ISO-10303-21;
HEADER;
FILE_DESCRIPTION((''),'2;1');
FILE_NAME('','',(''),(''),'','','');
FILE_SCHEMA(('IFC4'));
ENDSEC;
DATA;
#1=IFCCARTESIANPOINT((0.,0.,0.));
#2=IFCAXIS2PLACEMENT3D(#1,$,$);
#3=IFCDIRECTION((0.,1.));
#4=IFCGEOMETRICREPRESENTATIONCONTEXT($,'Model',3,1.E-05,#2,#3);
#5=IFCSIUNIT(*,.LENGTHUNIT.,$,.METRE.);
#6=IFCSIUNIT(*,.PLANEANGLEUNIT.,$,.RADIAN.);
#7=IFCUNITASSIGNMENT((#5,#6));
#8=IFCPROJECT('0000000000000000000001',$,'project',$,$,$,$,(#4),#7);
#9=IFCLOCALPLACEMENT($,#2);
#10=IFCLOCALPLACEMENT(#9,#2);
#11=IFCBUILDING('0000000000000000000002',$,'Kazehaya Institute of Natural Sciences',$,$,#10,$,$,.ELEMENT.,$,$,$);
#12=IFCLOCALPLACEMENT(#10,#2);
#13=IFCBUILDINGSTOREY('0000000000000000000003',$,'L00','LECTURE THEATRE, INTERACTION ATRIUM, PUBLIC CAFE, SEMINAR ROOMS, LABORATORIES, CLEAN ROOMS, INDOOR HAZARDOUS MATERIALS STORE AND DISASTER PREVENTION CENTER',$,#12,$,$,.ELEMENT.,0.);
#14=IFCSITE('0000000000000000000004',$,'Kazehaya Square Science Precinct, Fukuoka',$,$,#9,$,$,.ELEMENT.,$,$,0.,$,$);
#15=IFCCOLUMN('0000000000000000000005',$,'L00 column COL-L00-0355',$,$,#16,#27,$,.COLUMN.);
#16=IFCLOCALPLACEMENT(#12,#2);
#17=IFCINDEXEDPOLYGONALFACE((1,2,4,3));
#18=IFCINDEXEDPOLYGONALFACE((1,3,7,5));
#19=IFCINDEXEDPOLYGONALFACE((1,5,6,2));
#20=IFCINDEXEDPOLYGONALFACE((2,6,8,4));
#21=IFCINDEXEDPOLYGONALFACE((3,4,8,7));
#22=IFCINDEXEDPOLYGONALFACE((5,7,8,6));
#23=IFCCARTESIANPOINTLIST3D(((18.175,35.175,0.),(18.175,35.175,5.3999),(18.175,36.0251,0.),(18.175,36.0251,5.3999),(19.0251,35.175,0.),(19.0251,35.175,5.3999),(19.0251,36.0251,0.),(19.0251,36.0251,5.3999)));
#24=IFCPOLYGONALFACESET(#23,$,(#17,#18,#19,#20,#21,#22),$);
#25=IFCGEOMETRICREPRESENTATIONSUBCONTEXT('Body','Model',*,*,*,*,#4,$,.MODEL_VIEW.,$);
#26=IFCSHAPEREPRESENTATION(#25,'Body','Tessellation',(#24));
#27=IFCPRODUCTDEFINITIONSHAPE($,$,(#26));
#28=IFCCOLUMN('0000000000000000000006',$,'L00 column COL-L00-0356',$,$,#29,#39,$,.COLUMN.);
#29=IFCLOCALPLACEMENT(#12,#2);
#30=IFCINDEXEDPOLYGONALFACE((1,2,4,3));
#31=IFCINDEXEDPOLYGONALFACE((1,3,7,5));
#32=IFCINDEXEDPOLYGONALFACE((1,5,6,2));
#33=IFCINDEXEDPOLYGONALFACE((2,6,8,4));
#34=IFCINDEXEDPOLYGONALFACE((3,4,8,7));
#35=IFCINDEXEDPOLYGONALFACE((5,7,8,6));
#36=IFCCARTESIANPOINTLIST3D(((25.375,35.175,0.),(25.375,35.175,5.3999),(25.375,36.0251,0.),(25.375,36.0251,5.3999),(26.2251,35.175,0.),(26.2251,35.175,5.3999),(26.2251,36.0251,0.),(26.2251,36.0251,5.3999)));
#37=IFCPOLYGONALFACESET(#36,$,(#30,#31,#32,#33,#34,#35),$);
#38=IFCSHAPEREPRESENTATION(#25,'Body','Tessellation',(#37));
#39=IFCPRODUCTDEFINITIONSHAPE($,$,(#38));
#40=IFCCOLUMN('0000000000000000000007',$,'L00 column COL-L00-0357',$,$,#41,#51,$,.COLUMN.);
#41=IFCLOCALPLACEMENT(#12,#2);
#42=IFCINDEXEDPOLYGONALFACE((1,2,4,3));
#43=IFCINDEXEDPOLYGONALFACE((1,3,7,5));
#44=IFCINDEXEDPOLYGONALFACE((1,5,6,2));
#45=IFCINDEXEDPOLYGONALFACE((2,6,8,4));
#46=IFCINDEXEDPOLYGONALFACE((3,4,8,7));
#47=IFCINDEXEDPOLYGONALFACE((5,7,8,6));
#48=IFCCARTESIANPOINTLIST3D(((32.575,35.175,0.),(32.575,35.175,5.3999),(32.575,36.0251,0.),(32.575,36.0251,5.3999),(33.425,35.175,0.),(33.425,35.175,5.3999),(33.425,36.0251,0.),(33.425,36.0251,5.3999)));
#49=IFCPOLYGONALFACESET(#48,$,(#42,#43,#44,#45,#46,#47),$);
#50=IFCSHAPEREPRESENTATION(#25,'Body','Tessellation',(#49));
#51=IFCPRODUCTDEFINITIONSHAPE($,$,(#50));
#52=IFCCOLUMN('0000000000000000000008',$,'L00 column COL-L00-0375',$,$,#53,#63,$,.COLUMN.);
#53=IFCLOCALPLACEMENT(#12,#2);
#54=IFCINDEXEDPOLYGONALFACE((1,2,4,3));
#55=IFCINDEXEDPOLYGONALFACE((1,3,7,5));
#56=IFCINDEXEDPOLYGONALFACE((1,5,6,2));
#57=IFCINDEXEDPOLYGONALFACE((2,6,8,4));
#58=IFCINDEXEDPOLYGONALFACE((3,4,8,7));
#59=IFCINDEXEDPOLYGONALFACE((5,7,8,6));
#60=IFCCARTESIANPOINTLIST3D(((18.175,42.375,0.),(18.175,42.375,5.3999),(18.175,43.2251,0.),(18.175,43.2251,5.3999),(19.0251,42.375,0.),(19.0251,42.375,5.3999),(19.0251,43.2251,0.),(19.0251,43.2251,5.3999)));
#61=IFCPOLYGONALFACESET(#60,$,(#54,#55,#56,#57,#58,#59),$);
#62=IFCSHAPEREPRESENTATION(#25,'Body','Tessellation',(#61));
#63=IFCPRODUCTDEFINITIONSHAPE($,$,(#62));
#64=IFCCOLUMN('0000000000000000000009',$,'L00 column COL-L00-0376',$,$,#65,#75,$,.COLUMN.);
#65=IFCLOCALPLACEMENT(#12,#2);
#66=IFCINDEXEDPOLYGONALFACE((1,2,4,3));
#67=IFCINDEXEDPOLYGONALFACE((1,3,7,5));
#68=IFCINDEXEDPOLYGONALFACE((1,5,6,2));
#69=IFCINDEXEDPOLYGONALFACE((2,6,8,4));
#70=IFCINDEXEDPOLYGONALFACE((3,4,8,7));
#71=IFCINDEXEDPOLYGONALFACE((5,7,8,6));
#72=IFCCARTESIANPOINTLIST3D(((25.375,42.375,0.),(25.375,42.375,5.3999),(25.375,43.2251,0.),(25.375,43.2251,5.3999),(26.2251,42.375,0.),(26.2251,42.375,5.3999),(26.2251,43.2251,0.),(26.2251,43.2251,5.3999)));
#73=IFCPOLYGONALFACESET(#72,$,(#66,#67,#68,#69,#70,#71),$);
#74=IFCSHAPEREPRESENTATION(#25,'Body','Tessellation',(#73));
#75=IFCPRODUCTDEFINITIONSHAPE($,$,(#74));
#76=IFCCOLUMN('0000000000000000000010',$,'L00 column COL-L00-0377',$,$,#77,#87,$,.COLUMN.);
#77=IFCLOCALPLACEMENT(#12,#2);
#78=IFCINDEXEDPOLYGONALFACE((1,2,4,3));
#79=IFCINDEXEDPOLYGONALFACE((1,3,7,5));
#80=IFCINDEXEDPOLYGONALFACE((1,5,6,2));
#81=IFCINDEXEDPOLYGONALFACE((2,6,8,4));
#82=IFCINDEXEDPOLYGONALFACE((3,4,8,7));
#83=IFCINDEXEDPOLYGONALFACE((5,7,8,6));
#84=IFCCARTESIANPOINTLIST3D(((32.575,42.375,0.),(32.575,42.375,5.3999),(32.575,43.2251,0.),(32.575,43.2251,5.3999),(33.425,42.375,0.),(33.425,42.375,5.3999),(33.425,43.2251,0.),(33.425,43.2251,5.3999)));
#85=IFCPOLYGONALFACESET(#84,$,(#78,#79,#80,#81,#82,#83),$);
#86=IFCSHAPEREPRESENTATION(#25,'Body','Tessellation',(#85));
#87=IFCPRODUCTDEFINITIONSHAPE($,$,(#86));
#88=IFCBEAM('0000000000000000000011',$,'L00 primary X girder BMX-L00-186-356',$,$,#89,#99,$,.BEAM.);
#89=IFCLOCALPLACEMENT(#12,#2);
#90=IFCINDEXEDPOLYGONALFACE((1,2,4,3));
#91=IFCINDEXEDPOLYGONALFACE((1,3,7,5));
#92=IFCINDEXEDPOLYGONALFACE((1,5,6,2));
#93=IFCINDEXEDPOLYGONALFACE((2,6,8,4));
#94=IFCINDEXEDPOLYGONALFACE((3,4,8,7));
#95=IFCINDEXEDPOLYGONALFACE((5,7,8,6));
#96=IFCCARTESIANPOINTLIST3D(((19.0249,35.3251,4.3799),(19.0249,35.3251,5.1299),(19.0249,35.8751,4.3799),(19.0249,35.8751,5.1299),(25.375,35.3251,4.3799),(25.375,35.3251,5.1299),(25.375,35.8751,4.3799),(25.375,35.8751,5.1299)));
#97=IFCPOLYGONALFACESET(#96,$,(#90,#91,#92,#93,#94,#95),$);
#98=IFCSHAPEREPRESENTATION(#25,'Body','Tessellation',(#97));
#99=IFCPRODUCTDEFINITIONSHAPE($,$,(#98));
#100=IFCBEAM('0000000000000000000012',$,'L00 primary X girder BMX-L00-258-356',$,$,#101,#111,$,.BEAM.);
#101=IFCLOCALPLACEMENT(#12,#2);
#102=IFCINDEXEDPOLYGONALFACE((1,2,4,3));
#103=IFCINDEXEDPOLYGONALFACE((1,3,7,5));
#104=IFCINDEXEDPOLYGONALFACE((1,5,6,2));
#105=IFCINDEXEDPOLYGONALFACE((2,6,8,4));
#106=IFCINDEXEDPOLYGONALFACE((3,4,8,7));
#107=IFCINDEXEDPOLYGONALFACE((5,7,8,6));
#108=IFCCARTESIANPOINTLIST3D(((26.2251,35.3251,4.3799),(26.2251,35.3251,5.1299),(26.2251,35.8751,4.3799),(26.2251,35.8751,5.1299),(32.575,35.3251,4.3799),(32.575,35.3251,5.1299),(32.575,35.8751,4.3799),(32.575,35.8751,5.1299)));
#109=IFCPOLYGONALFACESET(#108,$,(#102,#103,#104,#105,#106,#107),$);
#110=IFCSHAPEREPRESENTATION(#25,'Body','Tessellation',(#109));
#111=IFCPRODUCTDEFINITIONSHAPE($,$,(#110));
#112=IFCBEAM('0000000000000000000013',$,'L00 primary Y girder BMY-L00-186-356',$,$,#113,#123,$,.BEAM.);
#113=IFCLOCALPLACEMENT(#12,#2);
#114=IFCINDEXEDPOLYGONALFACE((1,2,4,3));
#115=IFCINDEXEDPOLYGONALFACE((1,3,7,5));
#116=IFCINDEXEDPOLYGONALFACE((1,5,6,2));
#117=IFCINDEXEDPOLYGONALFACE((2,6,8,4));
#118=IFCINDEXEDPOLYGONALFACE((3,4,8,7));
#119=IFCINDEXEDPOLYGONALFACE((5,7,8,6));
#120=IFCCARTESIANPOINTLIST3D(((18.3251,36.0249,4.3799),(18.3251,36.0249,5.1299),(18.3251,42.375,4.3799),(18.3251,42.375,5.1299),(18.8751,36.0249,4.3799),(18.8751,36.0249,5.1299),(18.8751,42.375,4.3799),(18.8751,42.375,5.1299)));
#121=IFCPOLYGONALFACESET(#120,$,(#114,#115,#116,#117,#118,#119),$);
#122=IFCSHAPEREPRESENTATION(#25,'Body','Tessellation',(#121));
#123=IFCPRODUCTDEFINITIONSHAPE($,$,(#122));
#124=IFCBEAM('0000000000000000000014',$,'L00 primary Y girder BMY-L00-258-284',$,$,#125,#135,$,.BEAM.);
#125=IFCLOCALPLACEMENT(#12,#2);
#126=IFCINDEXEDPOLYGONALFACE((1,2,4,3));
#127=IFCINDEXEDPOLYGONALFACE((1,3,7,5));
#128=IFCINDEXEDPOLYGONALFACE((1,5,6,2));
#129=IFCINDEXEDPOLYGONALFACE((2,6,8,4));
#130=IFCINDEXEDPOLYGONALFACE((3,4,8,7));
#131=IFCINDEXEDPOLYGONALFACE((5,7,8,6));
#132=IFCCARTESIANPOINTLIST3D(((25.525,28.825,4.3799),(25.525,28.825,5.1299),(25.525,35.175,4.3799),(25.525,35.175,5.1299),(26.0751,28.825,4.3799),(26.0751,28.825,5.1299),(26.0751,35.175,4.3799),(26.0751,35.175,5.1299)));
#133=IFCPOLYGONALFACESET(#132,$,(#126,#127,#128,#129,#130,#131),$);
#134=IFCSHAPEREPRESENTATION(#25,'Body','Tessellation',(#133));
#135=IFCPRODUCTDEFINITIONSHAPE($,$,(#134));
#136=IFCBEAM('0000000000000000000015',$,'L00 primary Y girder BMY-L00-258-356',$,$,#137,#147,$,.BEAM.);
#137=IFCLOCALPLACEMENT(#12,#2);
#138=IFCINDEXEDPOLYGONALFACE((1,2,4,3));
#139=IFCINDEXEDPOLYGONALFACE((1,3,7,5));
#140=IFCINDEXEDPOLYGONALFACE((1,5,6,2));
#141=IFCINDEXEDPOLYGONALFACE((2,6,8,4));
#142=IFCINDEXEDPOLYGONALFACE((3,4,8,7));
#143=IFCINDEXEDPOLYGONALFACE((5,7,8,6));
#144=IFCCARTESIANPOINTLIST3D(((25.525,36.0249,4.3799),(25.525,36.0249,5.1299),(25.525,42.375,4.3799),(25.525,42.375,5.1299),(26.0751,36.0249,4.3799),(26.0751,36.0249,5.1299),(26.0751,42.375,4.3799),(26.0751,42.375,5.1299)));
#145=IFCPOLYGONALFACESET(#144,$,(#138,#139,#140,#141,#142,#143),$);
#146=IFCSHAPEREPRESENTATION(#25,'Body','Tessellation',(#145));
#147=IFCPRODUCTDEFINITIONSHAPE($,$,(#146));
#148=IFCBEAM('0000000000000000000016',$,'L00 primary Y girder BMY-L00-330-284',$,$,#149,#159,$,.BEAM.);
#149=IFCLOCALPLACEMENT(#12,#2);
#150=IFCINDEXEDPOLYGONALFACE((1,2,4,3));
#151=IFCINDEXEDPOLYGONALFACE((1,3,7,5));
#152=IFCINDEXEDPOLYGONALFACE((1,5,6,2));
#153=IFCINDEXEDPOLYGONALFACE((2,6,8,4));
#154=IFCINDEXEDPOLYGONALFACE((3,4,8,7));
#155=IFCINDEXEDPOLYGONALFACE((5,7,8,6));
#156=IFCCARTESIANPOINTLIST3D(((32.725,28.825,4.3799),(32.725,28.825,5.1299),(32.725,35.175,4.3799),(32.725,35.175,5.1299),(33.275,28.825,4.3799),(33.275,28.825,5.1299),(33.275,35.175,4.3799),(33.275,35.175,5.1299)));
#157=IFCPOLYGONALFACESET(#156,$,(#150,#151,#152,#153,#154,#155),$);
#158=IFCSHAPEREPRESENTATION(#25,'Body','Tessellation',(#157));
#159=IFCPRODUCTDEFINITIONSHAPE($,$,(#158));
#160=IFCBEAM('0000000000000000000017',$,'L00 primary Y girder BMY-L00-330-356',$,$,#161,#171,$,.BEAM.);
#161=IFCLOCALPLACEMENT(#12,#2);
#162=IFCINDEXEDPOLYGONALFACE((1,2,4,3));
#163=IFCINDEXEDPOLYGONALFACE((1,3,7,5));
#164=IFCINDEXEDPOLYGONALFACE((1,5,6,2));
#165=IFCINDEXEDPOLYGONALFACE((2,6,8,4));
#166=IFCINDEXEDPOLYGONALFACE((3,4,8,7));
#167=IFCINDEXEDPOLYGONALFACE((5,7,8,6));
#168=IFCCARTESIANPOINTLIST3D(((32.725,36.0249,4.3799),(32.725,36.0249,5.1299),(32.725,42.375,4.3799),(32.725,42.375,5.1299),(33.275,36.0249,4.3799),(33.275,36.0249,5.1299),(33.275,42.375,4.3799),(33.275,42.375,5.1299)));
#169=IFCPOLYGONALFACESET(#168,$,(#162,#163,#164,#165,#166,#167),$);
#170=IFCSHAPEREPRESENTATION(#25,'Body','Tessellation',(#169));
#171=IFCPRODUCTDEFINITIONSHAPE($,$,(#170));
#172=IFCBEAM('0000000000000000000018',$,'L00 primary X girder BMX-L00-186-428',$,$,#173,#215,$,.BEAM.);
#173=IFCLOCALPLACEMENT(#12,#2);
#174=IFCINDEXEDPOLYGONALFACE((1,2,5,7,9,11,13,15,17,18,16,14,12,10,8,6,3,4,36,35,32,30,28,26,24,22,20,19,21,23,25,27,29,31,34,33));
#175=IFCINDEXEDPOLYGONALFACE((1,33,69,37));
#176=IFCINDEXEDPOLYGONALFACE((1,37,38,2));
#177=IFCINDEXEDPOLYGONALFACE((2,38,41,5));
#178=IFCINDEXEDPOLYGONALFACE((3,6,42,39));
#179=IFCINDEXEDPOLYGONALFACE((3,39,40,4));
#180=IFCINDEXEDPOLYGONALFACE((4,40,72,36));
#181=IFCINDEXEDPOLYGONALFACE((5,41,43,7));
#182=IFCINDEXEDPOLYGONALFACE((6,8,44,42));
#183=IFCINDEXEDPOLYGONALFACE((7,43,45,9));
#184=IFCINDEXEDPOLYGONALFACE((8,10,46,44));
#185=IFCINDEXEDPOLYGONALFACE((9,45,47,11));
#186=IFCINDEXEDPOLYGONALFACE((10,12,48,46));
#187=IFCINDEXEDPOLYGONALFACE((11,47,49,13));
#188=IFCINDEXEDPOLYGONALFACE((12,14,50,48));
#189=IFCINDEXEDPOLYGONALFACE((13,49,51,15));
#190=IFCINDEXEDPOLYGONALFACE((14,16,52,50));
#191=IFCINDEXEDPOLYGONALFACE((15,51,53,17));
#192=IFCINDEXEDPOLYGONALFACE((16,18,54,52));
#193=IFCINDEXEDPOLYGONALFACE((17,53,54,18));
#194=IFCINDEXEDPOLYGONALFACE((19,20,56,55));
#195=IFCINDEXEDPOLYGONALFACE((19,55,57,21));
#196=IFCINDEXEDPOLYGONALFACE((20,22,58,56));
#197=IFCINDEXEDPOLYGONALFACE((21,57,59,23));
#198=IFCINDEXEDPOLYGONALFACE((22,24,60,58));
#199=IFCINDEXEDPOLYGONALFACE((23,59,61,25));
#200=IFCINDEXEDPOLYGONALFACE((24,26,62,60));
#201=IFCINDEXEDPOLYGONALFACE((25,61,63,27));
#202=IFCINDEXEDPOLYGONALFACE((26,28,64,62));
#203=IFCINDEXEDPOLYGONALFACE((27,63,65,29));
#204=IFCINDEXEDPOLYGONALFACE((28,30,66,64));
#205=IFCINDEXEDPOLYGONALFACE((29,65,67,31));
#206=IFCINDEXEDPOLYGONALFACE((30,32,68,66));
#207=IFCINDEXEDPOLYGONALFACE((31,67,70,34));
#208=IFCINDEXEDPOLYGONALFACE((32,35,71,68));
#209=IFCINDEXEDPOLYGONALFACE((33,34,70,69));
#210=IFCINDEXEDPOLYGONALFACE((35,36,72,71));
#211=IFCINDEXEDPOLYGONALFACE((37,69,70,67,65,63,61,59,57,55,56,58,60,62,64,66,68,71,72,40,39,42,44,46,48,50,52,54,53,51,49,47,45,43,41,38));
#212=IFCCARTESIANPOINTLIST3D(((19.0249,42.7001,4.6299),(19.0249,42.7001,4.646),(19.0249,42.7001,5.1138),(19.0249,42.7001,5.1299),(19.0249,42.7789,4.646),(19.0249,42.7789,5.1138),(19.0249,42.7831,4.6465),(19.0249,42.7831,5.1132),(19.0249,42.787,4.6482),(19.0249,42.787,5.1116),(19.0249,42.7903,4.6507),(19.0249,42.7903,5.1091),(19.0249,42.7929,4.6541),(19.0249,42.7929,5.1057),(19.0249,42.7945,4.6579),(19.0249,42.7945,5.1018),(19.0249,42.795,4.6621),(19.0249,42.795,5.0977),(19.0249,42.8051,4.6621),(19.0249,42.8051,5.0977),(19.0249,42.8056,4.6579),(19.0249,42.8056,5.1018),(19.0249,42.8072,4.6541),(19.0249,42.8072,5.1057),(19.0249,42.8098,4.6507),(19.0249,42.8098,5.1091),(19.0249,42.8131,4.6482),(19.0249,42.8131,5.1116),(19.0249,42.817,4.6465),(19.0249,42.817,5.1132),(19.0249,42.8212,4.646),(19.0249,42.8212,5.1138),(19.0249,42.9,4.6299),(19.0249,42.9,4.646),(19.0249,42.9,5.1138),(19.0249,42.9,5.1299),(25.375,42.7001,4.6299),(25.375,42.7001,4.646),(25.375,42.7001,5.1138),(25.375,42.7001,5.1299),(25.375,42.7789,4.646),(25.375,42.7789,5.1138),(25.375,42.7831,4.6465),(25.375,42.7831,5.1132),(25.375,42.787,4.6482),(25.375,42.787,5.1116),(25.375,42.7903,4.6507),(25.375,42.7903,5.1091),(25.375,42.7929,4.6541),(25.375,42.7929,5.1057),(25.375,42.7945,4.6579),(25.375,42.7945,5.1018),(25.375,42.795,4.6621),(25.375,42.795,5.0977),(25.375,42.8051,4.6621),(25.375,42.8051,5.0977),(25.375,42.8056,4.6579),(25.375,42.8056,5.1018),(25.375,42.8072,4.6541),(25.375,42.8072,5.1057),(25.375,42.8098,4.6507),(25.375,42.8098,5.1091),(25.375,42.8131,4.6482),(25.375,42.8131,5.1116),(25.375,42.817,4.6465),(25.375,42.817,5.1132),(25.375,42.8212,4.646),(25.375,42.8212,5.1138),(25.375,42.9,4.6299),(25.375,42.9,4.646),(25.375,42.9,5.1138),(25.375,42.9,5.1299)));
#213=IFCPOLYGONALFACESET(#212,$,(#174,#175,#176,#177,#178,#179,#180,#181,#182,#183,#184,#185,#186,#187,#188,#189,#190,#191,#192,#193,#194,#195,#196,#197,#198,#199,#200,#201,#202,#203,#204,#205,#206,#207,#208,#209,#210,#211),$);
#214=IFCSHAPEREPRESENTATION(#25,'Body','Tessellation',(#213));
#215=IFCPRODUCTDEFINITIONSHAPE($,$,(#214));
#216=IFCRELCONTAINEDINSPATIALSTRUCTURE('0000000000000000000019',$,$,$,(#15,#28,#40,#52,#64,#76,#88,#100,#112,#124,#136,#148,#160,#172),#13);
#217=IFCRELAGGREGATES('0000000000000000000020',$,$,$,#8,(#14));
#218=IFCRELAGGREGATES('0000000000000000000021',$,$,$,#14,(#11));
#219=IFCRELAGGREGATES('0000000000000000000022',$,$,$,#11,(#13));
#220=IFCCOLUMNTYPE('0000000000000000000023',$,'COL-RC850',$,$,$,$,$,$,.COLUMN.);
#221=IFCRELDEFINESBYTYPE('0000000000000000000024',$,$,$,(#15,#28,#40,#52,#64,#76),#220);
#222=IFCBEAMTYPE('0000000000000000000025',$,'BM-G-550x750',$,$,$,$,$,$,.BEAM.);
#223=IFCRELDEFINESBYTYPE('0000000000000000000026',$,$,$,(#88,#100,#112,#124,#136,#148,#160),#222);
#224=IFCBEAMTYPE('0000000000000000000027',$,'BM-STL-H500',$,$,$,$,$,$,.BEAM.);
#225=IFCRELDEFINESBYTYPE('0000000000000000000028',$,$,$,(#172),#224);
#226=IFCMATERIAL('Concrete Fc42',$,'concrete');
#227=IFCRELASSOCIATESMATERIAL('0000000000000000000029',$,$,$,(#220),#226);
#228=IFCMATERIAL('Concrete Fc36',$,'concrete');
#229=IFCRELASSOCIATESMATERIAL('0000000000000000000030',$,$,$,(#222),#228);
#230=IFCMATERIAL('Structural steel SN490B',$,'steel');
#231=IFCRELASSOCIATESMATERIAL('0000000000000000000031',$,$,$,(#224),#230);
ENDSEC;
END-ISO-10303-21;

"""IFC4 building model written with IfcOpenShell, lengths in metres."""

from ifc_helpers import new_model, si_unit, direction, frame, origin, origin_2d, place, context, subcontext, project, spatial, rectangle, i_section, extrude, material, material_profile, profile_set, type_object, element, save


model = new_model("IFC4")

# Units and contexts
model_context = context("Model", 3, precision=1e-05, world=origin(), true_north=direction((0.0, 1.0)))
body_context = subcontext(model_context, "Body", "Model", "MODEL_VIEW")
ifc_project = project(units=[si_unit("LENGTHUNIT", "METRE"), si_unit("PLANEANGLEUNIT", "RADIAN")], contexts=[model_context])

# Site, building, storey
site_placement = place(None, origin())
site = spatial("IfcSite", under=ifc_project, at=site_placement, Name="Kazehaya Square Science Precinct, Fukuoka", CompositionType="ELEMENT", RefElevation=0.0)
building_placement = place(site_placement, origin())
building = spatial("IfcBuilding", under=site, at=building_placement, Name="Kazehaya Institute of Natural Sciences", CompositionType="ELEMENT")
storey_placement = place(building_placement, origin())
storey = spatial("IfcBuildingStorey", under=building, at=storey_placement, Name="L00", Description="LECTURE THEATRE, INTERACTION ATRIUM, PUBLIC CAFE, SEMINAR ROOMS, LABORATORIES, CLEAN ROOMS, INDOOR HAZARDOUS MATERIALS STORE AND DISASTER PREVENTION CENTER", CompositionType="ELEMENT", Elevation=0.0)

# Columns
ifc_material_1 = material(Name="Concrete Fc42", Category="concrete")
ifc_material_profile_1 = material_profile(ifc_material_1, rectangle(XDim=0.8501, YDim=0.8501, at=origin_2d()), Name="RC-850x850")
ifc_profile_set_1 = profile_set([ifc_material_profile_1], Name="Concrete Fc42")
column_type = type_object("IfcColumnType", Name="COL-RC850", PredefinedType="COLUMN", material=ifc_profile_set_1)
for number, where, z_axis, x_axis, name in (
    (1, (18.6001, 35.6001, 0.0), (0.0, 0.0, 1.0), (1.0, 0.0, 0.0), "L00 column COL-L00-0355"),
    (2, (25.8, 35.6001, 0.0), (0.0, 0.0, 1.0), (1.0, 0.0, 0.0), "L00 column COL-L00-0356"),
    (3, (33.0, 35.6001, 0.0), (0.0, 0.0, 1.0), (1.0, 0.0, 0.0), "L00 column COL-L00-0357"),
    (4, (18.6001, 42.8, 0.0), (0.0, 0.0, 1.0), (1.0, 0.0, 0.0), "L00 column COL-L00-0375"),
    (5, (25.8, 42.8, 0.0), (0.0, 0.0, 1.0), (1.0, 0.0, 0.0), "L00 column COL-L00-0376"),
    (6, (33.0, 42.8, 0.0), (0.0, 0.0, 1.0), (1.0, 0.0, 0.0), "L00 column COL-L00-0377"),
):
    element("IfcColumn", number, at=place(storey_placement, frame(where, z_axis=z_axis, x_axis=x_axis)), inside=storey, type_object=column_type, Name=name, PredefinedType="COLUMN", context=body_context, shape_type="SweptSolid", body=[
        extrude(rectangle(XDim=0.8501, YDim=0.8501, at=origin_2d()), origin(), (0.0, 0.0, 1.0), 5.3999),
    ])

# Beams
ifc_material_2 = material(Name="Concrete Fc36", Category="concrete")
ifc_material_profile_2 = material_profile(ifc_material_2, rectangle(XDim=0.55, YDim=0.75, at=origin_2d()), Name="RC-550x750")
ifc_profile_set_2 = profile_set([ifc_material_profile_2], Name="Concrete Fc36")
beam_type_1 = type_object("IfcBeamType", Name="BM-G-550x750", PredefinedType="BEAM", material=ifc_profile_set_2)
beam_1_placement = place(storey_placement, frame((19.0249, 35.6001, 4.7549), z_axis=(1.0, 0.0, 0.0), x_axis=(0.0, 1.0, 0.0)))
element("IfcBeam", 7, at=beam_1_placement, inside=storey, type_object=beam_type_1, Name="L00 primary X girder BMX-L00-186-356", PredefinedType="BEAM", context=body_context, shape_type="SweptSolid", body=[
    extrude(rectangle(XDim=0.55, YDim=0.75, at=origin_2d()), origin(), (0.0, 0.0, 1.0), 6.3501),
])
beam_2_placement = place(storey_placement, frame((26.2251, 35.6001, 4.7549), z_axis=(1.0, 0.0, 0.0), x_axis=(0.0, 1.0, 0.0)))
element("IfcBeam", 8, at=beam_2_placement, inside=storey, type_object=beam_type_1, Name="L00 primary X girder BMX-L00-258-356", PredefinedType="BEAM", context=body_context, shape_type="SweptSolid", body=[
    extrude(rectangle(XDim=0.55, YDim=0.75, at=origin_2d()), origin(), (0.0, 0.0, 1.0), 6.3499),
])
for number, where, z_axis, x_axis, name in (
    (9, (18.6001, 36.0249, 4.7549), (0.0, 1.0, 0.0), (-1.0, 0.0, 0.0), "L00 primary Y girder BMY-L00-186-356"),
    (10, (25.8, 28.825, 4.7549), (0.0, 1.0, 0.0), (-1.0, 0.0, 0.0), "L00 primary Y girder BMY-L00-258-284"),
    (11, (25.8, 36.0249, 4.7549), (0.0, 1.0, 0.0), (-1.0, 0.0, 0.0), "L00 primary Y girder BMY-L00-258-356"),
    (12, (33.0, 28.825, 4.7549), (0.0, 1.0, 0.0), (-1.0, 0.0, 0.0), "L00 primary Y girder BMY-L00-330-284"),
    (13, (33.0, 36.0249, 4.7549), (0.0, 1.0, 0.0), (-1.0, 0.0, 0.0), "L00 primary Y girder BMY-L00-330-356"),
):
    element("IfcBeam", number, at=place(storey_placement, frame(where, z_axis=z_axis, x_axis=x_axis)), inside=storey, type_object=beam_type_1, Name=name, PredefinedType="BEAM", context=body_context, shape_type="SweptSolid", body=[
        extrude(rectangle(XDim=0.55, YDim=0.75, at=origin_2d()), origin(), (0.0, 0.0, 1.0), 6.3501),
    ])
ifc_material_3 = material(Name="Structural steel SN490B", Category="steel")
ifc_material_profile_3 = material_profile(ifc_material_3, i_section(OverallWidth=0.2, OverallDepth=0.5, WebThickness=0.01, FlangeThickness=0.0161, FilletRadius=0.0161, at=origin_2d()), Name="H-500x200x10x16")
ifc_profile_set_3 = profile_set([ifc_material_profile_3], Name="Structural steel SN490B")
beam_type_2 = type_object("IfcBeamType", Name="BM-STL-H500", PredefinedType="BEAM", material=ifc_profile_set_3)
beam_3_placement = place(storey_placement, frame((19.0249, 42.8, 4.8799), z_axis=(1.0, 0.0, 0.0), x_axis=(0.0, 1.0, 0.0)))
element("IfcBeam", 14, at=beam_3_placement, inside=storey, type_object=beam_type_2, Name="L00 primary X girder BMX-L00-186-428", PredefinedType="BEAM", context=body_context, shape_type="SweptSolid", body=[
    extrude(i_section(OverallWidth=0.2, OverallDepth=0.5, WebThickness=0.01, FlangeThickness=0.0161, FilletRadius=0.0161, at=origin_2d()), origin(), (0.0, 0.0, 1.0), 6.3501),
])

save(model, "model.ifc")
